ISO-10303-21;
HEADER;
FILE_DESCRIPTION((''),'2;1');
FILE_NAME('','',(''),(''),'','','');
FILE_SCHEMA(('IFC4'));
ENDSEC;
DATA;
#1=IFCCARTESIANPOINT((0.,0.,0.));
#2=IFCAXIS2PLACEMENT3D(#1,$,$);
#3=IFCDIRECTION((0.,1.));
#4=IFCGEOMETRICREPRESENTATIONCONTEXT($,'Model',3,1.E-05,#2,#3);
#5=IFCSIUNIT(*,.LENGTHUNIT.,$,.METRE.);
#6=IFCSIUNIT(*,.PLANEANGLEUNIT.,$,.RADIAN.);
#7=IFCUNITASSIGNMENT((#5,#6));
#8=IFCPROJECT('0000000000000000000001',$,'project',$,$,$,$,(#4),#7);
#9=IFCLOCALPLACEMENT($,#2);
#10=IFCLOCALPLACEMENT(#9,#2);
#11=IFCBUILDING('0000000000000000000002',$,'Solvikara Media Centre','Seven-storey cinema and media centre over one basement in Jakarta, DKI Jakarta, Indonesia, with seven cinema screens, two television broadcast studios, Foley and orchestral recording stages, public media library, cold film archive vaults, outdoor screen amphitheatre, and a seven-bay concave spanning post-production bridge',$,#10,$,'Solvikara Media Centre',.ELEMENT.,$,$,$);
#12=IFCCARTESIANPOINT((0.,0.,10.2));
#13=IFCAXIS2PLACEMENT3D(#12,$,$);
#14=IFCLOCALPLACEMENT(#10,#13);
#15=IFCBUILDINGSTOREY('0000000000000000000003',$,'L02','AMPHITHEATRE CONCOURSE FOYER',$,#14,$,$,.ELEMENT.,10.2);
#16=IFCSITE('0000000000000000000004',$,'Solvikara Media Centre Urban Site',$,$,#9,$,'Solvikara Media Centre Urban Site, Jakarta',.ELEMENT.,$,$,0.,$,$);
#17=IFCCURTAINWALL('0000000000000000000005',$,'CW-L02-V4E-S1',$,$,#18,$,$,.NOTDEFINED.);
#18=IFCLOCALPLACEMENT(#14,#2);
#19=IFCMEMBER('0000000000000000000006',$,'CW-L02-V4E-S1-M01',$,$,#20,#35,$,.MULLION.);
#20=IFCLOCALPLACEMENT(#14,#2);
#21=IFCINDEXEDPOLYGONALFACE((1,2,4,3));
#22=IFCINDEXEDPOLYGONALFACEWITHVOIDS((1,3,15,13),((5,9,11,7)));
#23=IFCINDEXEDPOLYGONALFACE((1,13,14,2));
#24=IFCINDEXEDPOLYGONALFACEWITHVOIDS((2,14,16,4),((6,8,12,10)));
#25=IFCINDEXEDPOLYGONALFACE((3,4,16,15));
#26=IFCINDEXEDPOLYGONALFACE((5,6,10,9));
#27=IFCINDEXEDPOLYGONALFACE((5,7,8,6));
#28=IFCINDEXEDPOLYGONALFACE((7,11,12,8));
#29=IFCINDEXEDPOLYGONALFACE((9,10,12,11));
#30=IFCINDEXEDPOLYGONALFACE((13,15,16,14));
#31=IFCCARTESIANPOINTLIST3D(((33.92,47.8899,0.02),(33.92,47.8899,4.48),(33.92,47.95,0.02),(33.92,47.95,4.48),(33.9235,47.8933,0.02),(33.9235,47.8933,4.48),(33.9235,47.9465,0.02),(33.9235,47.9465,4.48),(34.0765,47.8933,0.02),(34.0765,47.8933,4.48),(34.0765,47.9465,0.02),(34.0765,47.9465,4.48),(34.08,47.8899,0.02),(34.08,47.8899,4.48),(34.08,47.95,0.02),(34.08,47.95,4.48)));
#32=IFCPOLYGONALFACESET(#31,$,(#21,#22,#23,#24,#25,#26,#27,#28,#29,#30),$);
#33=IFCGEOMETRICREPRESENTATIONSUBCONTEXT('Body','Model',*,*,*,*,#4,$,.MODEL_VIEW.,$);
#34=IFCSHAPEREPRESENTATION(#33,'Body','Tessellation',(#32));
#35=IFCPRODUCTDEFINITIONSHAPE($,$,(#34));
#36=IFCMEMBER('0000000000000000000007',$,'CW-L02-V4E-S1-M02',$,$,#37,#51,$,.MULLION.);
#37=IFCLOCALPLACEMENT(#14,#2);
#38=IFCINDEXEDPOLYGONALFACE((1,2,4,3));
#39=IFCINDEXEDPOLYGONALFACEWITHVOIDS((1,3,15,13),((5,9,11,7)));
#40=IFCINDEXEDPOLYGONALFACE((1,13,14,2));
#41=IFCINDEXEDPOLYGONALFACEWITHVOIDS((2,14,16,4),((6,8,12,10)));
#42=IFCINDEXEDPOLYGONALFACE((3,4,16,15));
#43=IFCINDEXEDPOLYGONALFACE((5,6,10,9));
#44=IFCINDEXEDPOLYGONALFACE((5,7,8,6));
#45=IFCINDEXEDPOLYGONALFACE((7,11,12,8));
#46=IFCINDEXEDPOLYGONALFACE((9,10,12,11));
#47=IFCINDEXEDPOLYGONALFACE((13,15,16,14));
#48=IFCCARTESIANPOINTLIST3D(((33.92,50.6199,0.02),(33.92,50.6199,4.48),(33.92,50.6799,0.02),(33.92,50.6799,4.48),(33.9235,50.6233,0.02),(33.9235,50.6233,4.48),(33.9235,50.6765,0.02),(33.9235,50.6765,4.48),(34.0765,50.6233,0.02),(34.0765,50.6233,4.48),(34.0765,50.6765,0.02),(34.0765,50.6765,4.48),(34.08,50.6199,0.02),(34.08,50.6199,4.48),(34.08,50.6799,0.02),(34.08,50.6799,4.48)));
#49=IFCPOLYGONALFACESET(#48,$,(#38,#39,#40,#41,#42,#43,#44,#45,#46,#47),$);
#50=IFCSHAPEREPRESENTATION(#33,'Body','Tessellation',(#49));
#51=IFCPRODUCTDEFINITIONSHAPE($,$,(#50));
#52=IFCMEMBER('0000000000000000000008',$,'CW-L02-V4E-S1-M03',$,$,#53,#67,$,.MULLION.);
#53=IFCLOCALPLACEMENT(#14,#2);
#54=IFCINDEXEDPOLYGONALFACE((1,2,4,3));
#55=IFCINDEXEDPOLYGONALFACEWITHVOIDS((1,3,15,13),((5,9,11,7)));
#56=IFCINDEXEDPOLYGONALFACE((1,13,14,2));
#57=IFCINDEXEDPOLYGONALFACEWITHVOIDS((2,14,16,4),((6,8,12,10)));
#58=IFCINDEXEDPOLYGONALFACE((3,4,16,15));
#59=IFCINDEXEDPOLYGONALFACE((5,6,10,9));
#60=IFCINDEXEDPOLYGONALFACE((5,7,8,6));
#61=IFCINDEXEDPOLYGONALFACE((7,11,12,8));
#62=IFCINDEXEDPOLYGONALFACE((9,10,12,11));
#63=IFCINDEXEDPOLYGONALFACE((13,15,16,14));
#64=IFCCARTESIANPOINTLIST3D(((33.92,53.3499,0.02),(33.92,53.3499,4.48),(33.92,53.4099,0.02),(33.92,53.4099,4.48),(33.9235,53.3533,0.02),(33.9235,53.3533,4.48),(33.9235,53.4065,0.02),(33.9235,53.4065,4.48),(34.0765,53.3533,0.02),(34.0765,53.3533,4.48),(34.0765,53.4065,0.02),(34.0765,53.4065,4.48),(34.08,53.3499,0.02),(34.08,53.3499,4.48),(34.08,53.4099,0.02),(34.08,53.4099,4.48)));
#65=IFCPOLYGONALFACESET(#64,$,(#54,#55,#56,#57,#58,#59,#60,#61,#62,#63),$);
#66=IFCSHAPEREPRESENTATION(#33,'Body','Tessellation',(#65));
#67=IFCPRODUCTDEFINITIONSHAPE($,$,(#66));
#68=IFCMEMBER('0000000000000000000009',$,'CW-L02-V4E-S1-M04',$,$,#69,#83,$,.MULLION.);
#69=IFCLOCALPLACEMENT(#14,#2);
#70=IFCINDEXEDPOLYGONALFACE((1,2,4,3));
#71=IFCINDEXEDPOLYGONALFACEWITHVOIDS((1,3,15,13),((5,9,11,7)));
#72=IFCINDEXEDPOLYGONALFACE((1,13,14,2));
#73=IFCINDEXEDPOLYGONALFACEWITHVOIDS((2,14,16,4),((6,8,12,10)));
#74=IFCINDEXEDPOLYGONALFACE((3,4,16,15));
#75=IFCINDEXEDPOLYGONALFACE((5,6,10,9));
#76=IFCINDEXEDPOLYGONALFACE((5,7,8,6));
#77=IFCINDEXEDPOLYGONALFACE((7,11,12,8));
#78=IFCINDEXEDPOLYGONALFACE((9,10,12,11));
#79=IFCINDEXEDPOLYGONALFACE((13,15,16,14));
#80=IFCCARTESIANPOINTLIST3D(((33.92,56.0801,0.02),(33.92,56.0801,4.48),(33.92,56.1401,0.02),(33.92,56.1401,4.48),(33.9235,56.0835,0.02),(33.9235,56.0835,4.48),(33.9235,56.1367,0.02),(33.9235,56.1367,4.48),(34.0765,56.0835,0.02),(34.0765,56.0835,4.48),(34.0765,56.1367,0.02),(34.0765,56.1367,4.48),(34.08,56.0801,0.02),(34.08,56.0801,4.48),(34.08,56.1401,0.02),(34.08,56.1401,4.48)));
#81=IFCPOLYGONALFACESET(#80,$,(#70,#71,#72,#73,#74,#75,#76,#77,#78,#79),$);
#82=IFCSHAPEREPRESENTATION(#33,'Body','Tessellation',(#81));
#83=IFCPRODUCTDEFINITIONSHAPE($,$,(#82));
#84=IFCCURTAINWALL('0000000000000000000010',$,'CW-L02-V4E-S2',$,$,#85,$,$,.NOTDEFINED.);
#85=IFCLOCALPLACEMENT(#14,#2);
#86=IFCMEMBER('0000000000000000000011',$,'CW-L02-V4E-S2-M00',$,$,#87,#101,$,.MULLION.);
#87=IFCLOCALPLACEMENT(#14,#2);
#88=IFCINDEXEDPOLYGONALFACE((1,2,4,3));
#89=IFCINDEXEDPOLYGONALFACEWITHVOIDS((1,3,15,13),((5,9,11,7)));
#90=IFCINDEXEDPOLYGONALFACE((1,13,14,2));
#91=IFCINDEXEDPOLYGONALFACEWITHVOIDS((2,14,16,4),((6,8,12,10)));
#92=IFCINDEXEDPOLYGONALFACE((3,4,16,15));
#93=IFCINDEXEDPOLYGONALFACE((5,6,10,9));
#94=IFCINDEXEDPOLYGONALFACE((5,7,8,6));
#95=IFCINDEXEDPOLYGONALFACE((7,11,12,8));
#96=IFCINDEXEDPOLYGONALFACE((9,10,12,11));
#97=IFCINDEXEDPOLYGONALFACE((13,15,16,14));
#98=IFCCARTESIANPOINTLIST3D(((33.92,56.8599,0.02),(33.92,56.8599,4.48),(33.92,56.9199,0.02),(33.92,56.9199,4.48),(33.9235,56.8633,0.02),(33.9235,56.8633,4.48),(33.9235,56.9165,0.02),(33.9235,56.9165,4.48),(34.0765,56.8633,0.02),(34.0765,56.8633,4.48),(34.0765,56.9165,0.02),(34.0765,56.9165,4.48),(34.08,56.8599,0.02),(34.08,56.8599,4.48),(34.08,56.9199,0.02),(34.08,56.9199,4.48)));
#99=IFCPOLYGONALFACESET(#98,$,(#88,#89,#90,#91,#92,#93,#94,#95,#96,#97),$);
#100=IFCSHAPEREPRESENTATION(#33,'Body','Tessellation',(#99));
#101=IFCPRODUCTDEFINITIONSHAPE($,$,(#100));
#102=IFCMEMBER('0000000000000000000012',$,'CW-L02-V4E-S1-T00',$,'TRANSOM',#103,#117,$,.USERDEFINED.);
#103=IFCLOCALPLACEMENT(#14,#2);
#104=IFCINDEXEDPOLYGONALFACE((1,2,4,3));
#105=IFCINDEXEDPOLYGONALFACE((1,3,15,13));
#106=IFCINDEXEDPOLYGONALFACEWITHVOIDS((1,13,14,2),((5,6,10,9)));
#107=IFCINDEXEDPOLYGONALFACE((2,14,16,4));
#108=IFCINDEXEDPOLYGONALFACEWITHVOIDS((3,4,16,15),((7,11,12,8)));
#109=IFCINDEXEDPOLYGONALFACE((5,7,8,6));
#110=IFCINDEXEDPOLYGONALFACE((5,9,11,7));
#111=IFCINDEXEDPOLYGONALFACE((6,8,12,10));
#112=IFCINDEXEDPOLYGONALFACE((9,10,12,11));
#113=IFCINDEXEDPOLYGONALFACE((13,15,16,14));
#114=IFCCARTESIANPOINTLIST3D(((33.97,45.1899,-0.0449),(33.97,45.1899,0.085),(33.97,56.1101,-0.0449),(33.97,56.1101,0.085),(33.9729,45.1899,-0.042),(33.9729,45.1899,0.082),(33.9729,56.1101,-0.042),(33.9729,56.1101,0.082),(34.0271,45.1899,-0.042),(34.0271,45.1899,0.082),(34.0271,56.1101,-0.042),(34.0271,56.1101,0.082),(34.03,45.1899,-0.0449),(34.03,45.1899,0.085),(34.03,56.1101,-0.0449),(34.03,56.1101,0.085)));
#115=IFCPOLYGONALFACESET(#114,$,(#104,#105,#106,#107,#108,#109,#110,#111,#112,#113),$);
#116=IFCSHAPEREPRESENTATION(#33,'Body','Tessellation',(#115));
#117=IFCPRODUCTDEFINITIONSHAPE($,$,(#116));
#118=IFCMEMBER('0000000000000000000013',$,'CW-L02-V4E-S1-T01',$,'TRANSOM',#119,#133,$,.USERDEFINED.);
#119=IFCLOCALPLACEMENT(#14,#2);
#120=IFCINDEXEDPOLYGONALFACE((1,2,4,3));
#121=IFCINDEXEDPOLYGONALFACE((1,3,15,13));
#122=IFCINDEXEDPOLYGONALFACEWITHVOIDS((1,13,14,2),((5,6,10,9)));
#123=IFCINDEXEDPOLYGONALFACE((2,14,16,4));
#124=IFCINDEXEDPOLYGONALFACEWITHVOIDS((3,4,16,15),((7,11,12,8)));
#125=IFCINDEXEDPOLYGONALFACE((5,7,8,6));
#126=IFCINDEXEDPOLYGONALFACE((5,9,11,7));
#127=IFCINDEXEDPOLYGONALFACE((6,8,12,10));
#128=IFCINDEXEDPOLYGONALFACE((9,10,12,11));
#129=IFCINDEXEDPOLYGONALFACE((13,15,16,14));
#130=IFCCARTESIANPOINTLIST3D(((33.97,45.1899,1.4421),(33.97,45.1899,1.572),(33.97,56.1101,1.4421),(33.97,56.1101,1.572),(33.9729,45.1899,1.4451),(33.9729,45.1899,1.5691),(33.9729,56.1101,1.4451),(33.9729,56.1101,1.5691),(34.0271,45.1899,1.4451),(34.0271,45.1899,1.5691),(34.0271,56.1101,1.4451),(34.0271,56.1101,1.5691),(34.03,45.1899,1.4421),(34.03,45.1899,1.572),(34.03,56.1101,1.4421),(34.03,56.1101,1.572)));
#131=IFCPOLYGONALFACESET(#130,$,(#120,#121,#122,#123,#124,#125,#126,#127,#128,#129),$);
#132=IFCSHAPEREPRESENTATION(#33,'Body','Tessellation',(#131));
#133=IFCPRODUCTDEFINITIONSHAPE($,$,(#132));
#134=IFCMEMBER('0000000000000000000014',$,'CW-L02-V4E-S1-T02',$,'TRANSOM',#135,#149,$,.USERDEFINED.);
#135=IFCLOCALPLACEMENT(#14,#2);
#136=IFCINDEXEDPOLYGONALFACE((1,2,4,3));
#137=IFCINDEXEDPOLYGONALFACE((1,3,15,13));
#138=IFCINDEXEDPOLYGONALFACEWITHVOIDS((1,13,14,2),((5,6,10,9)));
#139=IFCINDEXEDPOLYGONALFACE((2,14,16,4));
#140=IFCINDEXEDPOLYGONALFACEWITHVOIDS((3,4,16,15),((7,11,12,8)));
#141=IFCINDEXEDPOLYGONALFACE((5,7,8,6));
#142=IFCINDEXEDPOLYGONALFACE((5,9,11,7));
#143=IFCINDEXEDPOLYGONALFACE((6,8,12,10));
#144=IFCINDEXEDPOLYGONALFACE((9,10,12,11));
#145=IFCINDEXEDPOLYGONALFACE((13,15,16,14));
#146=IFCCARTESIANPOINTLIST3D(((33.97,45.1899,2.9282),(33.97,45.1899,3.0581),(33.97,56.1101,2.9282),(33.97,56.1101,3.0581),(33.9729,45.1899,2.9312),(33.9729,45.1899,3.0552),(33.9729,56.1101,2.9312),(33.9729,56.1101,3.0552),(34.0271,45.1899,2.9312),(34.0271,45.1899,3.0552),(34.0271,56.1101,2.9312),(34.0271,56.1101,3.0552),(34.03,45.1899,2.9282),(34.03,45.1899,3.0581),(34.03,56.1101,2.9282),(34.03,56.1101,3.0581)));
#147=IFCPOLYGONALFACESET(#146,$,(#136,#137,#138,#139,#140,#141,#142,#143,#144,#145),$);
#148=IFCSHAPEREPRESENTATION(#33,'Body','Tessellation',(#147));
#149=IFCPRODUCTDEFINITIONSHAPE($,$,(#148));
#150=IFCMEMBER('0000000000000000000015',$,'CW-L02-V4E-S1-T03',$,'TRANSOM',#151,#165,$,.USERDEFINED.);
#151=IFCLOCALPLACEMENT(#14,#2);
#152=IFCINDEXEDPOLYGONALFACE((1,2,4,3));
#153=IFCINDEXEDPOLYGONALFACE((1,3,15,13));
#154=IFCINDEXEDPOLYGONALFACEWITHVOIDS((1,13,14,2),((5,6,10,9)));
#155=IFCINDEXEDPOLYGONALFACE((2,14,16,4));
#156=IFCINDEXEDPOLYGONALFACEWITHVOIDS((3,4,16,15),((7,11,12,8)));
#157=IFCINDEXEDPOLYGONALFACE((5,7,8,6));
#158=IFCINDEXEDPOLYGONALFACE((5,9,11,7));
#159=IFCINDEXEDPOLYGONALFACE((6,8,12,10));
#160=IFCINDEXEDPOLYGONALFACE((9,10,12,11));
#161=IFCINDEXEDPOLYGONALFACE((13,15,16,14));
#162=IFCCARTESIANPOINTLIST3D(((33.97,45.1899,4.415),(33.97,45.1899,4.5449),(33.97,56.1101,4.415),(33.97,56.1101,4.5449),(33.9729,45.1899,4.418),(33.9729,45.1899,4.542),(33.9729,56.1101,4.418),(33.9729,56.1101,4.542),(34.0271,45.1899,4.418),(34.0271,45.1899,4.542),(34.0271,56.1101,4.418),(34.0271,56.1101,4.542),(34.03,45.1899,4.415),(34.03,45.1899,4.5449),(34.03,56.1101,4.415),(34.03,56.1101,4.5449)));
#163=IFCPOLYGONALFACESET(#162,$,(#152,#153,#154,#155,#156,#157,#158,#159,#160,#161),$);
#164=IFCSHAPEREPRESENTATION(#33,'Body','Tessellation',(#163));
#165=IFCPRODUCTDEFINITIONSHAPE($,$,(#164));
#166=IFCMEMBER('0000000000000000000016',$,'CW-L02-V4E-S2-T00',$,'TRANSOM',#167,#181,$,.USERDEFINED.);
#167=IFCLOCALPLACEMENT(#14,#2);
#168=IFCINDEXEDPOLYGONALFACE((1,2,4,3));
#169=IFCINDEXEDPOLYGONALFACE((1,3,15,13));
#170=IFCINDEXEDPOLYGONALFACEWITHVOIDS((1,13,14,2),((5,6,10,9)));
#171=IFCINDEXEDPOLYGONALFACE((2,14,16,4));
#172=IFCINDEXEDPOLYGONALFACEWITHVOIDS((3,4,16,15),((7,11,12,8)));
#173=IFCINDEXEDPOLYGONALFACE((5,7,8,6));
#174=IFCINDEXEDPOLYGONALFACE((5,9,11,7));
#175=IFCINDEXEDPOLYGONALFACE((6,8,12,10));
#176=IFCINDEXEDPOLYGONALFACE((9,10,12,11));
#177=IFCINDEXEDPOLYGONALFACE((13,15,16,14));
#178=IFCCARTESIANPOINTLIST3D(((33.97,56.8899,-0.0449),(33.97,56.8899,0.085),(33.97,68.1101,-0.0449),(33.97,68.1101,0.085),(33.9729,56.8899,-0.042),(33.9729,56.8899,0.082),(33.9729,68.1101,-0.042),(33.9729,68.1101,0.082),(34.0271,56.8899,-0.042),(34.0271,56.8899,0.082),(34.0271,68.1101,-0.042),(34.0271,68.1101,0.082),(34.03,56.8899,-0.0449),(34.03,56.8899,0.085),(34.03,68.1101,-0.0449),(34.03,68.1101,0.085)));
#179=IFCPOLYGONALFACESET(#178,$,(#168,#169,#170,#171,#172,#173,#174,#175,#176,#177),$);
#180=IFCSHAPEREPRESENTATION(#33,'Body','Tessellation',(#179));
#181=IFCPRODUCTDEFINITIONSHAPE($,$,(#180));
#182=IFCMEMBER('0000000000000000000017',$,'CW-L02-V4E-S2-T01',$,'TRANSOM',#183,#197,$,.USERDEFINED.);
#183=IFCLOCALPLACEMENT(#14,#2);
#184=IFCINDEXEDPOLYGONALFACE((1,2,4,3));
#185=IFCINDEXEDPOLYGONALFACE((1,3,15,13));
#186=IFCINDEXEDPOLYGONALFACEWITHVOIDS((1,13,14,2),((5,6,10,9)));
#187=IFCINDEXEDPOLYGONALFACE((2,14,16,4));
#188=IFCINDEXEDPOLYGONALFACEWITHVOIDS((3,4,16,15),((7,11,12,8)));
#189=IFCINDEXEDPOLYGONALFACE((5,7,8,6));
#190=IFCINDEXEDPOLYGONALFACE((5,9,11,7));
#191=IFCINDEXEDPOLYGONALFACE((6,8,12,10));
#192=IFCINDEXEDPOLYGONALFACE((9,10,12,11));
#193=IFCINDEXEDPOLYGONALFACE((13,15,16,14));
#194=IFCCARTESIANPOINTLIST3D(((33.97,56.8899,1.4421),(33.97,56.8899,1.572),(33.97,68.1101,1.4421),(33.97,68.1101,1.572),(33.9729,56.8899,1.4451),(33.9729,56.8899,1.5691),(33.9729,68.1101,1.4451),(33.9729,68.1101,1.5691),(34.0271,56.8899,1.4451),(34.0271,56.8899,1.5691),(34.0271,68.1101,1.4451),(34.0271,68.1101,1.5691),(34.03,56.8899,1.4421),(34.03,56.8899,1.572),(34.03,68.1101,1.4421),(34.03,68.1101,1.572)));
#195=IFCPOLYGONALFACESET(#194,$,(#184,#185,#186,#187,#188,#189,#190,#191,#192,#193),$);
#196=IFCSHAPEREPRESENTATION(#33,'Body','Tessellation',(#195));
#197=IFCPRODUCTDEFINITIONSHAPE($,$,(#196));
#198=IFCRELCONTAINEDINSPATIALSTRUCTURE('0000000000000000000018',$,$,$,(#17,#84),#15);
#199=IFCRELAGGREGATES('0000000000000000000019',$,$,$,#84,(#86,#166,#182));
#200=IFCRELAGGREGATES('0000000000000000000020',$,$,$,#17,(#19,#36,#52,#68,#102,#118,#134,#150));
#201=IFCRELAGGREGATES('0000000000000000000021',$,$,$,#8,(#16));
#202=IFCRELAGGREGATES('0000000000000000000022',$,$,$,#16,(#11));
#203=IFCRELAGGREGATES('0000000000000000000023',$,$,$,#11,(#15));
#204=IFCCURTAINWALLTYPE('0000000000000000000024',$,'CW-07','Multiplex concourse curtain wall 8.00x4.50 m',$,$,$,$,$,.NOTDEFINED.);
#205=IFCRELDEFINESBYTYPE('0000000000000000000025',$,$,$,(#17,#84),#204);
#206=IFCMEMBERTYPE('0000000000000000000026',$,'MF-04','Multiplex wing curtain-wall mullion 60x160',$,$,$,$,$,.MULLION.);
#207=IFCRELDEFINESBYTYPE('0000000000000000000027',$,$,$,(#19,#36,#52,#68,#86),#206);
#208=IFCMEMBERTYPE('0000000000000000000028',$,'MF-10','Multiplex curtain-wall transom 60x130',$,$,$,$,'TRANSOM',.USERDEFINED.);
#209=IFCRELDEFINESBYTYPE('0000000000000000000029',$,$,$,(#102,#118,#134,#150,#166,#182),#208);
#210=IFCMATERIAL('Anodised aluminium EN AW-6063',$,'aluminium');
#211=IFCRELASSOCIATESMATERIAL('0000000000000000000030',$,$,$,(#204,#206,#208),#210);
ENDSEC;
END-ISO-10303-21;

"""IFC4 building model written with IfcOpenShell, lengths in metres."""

from ifc_helpers import new_model, si_unit, direction, frame, origin, origin_2d, place, context, subcontext, project, spatial, hollow_rectangle, extrude, material, material_profile, profile_set, type_object, element, aggregate, save


model = new_model("IFC4")

# Units and contexts
model_context = context("Model", 3, precision=1e-05, world=origin(), true_north=direction((0.0, 1.0)))
body_context = subcontext(model_context, "Body", "Model", "MODEL_VIEW")
ifc_project = project(units=[si_unit("LENGTHUNIT", "METRE"), si_unit("PLANEANGLEUNIT", "RADIAN")], contexts=[model_context])

# Site, building, storey
site_placement = place(None, origin())
site = spatial("IfcSite", under=ifc_project, at=site_placement, Name="Solvikara Media Centre Urban Site", LongName="Solvikara Media Centre Urban Site, Jakarta", CompositionType="ELEMENT", RefElevation=0.0)
building_placement = place(site_placement, origin())
building = spatial("IfcBuilding", under=site, at=building_placement, Name="Solvikara Media Centre", Description="Seven-storey cinema and media centre over one basement in Jakarta, DKI Jakarta, Indonesia, with seven cinema screens, two television broadcast studios, Foley and orchestral recording stages, public media library, cold film archive vaults, outdoor screen amphitheatre, and a seven-bay concave spanning post-production bridge", LongName="Solvikara Media Centre", CompositionType="ELEMENT")
storey_placement = place(building_placement, frame((0.0, 0.0, 10.2)))
storey = spatial("IfcBuildingStorey", under=building, at=storey_placement, Name="L02", Description="AMPHITHEATRE CONCOURSE FOYER", CompositionType="ELEMENT", Elevation=10.2)

# Curtain wall, members
ifc_material_1 = material(Name="Anodised aluminium EN AW-6063", Category="aluminium")
curtain_wall_type = type_object("IfcCurtainWallType", Name="CW-07", Description="Multiplex concourse curtain wall 8.00x4.50 m", PredefinedType="NOTDEFINED", material=ifc_material_1)
curtain_wall_1_placement = place(storey_placement, origin())
curtain_wall_1 = element("IfcCurtainWall", 1, at=curtain_wall_1_placement, inside=storey, type_object=curtain_wall_type, Name="CW-L02-V4E-S1", PredefinedType="NOTDEFINED")
ifc_material_profile_1 = material_profile(ifc_material_1, hollow_rectangle(XDim=0.0601, YDim=0.1599, WallThickness=0.0034, at=origin_2d()), Name="ALU-M 60x160x3.5")
ifc_profile_set_1 = profile_set([ifc_material_profile_1], Name="Anodised aluminium EN AW-6063")
member_type_1 = type_object("IfcMemberType", Name="MF-04", Description="Multiplex wing curtain-wall mullion 60x160", PredefinedType="MULLION", material=ifc_profile_set_1)
member_1_placement = place(storey_placement, frame((34.0, 47.9199, 0.02), z_axis=(0.0, 0.0, 1.0), x_axis=(0.0, 1.0, 0.0)))
member_1 = element("IfcMember", 2, at=member_1_placement, type_object=member_type_1, Name="CW-L02-V4E-S1-M01", PredefinedType="MULLION", context=body_context, shape_type="SweptSolid", body=[
    extrude(hollow_rectangle(XDim=0.0601, YDim=0.1599, WallThickness=0.0034, at=origin_2d()), origin(), (0.0, 0.0, 1.0), 4.46),
])
member_2_placement = place(storey_placement, frame((34.0, 50.6499, 0.02), z_axis=(0.0, 0.0, 1.0), x_axis=(0.0, 1.0, 0.0)))
member_2 = element("IfcMember", 3, at=member_2_placement, type_object=member_type_1, Name="CW-L02-V4E-S1-M02", PredefinedType="MULLION", context=body_context, shape_type="SweptSolid", body=[
    extrude(hollow_rectangle(XDim=0.0601, YDim=0.1599, WallThickness=0.0034, at=origin_2d()), origin(), (0.0, 0.0, 1.0), 4.46),
])
member_3_placement = place(storey_placement, frame((34.0, 53.3799, 0.02), z_axis=(0.0, 0.0, 1.0), x_axis=(0.0, 1.0, 0.0)))
member_3 = element("IfcMember", 4, at=member_3_placement, type_object=member_type_1, Name="CW-L02-V4E-S1-M03", PredefinedType="MULLION", context=body_context, shape_type="SweptSolid", body=[
    extrude(hollow_rectangle(XDim=0.0601, YDim=0.1599, WallThickness=0.0034, at=origin_2d()), origin(), (0.0, 0.0, 1.0), 4.46),
])
member_4_placement = place(storey_placement, frame((34.0, 56.1101, 0.02), z_axis=(0.0, 0.0, 1.0), x_axis=(0.0, 1.0, 0.0)))
member_4 = element("IfcMember", 5, at=member_4_placement, type_object=member_type_1, Name="CW-L02-V4E-S1-M04", PredefinedType="MULLION", context=body_context, shape_type="SweptSolid", body=[
    extrude(hollow_rectangle(XDim=0.0601, YDim=0.1599, WallThickness=0.0034, at=origin_2d()), origin(), (0.0, 0.0, 1.0), 4.46),
])

# Curtain wall, member
curtain_wall_2_placement = place(storey_placement, origin())
curtain_wall_2 = element("IfcCurtainWall", 6, at=curtain_wall_2_placement, inside=storey, type_object=curtain_wall_type, Name="CW-L02-V4E-S2", PredefinedType="NOTDEFINED")
member_5_placement = place(storey_placement, frame((34.0, 56.8899, 0.02), z_axis=(0.0, 0.0, 1.0), x_axis=(0.0, 1.0, 0.0)))
member_5 = element("IfcMember", 7, at=member_5_placement, type_object=member_type_1, Name="CW-L02-V4E-S2-M00", PredefinedType="MULLION", context=body_context, shape_type="SweptSolid", body=[
    extrude(hollow_rectangle(XDim=0.0601, YDim=0.1599, WallThickness=0.0034, at=origin_2d()), origin(), (0.0, 0.0, 1.0), 4.46),
])

# Members
ifc_material_profile_2 = material_profile(ifc_material_1, hollow_rectangle(XDim=0.0601, YDim=0.1299, WallThickness=0.0029, at=origin_2d()), Name="ALU-T 60x130x3")
ifc_profile_set_2 = profile_set([ifc_material_profile_2], Name="Anodised aluminium EN AW-6063")
member_type_2 = type_object("IfcMemberType", Name="MF-10", Description="Multiplex curtain-wall transom 60x130", ElementType="TRANSOM", PredefinedType="USERDEFINED", material=ifc_profile_set_2)
member_6_placement = place(storey_placement, frame((34.0, 45.1899, 0.02), z_axis=(0.0, 1.0, 0.0), x_axis=(-1.0, 0.0, 0.0)))
member_6 = element("IfcMember", 8, at=member_6_placement, type_object=member_type_2, Name="CW-L02-V4E-S1-T00", ObjectType="TRANSOM", PredefinedType="USERDEFINED", context=body_context, shape_type="SweptSolid", body=[
    extrude(hollow_rectangle(XDim=0.0601, YDim=0.1299, WallThickness=0.0029, at=origin_2d()), origin(), (0.0, 0.0, 1.0), 10.9202),
])
member_7_placement = place(storey_placement, frame((34.0, 45.1899, 1.5071), z_axis=(0.0, 1.0, 0.0), x_axis=(-1.0, 0.0, 0.0)))
member_7 = element("IfcMember", 9, at=member_7_placement, type_object=member_type_2, Name="CW-L02-V4E-S1-T01", ObjectType="TRANSOM", PredefinedType="USERDEFINED", context=body_context, shape_type="SweptSolid", body=[
    extrude(hollow_rectangle(XDim=0.0601, YDim=0.1299, WallThickness=0.0029, at=origin_2d()), origin(), (0.0, 0.0, 1.0), 10.9202),
])
member_8_placement = place(storey_placement, frame((34.0, 45.1899, 2.9932), z_axis=(0.0, 1.0, 0.0), x_axis=(-1.0, 0.0, 0.0)))
member_8 = element("IfcMember", 10, at=member_8_placement, type_object=member_type_2, Name="CW-L02-V4E-S1-T02", ObjectType="TRANSOM", PredefinedType="USERDEFINED", context=body_context, shape_type="SweptSolid", body=[
    extrude(hollow_rectangle(XDim=0.0601, YDim=0.1299, WallThickness=0.0029, at=origin_2d()), origin(), (0.0, 0.0, 1.0), 10.9202),
])
member_9_placement = place(storey_placement, frame((34.0, 45.1899, 4.48), z_axis=(0.0, 1.0, 0.0), x_axis=(-1.0, 0.0, 0.0)))
member_9 = element("IfcMember", 11, at=member_9_placement, type_object=member_type_2, Name="CW-L02-V4E-S1-T03", ObjectType="TRANSOM", PredefinedType="USERDEFINED", context=body_context, shape_type="SweptSolid", body=[
    extrude(hollow_rectangle(XDim=0.0601, YDim=0.1299, WallThickness=0.0029, at=origin_2d()), origin(), (0.0, 0.0, 1.0), 10.9202),
])
member_10_placement = place(storey_placement, frame((34.0, 56.8899, 0.02), z_axis=(0.0, 1.0, 0.0), x_axis=(-1.0, 0.0, 0.0)))
member_10 = element("IfcMember", 12, at=member_10_placement, type_object=member_type_2, Name="CW-L02-V4E-S2-T00", ObjectType="TRANSOM", PredefinedType="USERDEFINED", context=body_context, shape_type="SweptSolid", body=[
    extrude(hollow_rectangle(XDim=0.0601, YDim=0.1299, WallThickness=0.0029, at=origin_2d()), origin(), (0.0, 0.0, 1.0), 11.2202),
])
member_11_placement = place(storey_placement, frame((34.0, 56.8899, 1.5071), z_axis=(0.0, 1.0, 0.0), x_axis=(-1.0, 0.0, 0.0)))
member_11 = element("IfcMember", 13, at=member_11_placement, type_object=member_type_2, Name="CW-L02-V4E-S2-T01", ObjectType="TRANSOM", PredefinedType="USERDEFINED", context=body_context, shape_type="SweptSolid", body=[
    extrude(hollow_rectangle(XDim=0.0601, YDim=0.1299, WallThickness=0.0029, at=origin_2d()), origin(), (0.0, 0.0, 1.0), 11.2202),
])
aggregate(curtain_wall_2, [member_5, member_10, member_11])

aggregate(curtain_wall_1, [member_1, member_2, member_3, member_4, member_6, member_7, member_8, member_9])

save(model, "model.ifc")
